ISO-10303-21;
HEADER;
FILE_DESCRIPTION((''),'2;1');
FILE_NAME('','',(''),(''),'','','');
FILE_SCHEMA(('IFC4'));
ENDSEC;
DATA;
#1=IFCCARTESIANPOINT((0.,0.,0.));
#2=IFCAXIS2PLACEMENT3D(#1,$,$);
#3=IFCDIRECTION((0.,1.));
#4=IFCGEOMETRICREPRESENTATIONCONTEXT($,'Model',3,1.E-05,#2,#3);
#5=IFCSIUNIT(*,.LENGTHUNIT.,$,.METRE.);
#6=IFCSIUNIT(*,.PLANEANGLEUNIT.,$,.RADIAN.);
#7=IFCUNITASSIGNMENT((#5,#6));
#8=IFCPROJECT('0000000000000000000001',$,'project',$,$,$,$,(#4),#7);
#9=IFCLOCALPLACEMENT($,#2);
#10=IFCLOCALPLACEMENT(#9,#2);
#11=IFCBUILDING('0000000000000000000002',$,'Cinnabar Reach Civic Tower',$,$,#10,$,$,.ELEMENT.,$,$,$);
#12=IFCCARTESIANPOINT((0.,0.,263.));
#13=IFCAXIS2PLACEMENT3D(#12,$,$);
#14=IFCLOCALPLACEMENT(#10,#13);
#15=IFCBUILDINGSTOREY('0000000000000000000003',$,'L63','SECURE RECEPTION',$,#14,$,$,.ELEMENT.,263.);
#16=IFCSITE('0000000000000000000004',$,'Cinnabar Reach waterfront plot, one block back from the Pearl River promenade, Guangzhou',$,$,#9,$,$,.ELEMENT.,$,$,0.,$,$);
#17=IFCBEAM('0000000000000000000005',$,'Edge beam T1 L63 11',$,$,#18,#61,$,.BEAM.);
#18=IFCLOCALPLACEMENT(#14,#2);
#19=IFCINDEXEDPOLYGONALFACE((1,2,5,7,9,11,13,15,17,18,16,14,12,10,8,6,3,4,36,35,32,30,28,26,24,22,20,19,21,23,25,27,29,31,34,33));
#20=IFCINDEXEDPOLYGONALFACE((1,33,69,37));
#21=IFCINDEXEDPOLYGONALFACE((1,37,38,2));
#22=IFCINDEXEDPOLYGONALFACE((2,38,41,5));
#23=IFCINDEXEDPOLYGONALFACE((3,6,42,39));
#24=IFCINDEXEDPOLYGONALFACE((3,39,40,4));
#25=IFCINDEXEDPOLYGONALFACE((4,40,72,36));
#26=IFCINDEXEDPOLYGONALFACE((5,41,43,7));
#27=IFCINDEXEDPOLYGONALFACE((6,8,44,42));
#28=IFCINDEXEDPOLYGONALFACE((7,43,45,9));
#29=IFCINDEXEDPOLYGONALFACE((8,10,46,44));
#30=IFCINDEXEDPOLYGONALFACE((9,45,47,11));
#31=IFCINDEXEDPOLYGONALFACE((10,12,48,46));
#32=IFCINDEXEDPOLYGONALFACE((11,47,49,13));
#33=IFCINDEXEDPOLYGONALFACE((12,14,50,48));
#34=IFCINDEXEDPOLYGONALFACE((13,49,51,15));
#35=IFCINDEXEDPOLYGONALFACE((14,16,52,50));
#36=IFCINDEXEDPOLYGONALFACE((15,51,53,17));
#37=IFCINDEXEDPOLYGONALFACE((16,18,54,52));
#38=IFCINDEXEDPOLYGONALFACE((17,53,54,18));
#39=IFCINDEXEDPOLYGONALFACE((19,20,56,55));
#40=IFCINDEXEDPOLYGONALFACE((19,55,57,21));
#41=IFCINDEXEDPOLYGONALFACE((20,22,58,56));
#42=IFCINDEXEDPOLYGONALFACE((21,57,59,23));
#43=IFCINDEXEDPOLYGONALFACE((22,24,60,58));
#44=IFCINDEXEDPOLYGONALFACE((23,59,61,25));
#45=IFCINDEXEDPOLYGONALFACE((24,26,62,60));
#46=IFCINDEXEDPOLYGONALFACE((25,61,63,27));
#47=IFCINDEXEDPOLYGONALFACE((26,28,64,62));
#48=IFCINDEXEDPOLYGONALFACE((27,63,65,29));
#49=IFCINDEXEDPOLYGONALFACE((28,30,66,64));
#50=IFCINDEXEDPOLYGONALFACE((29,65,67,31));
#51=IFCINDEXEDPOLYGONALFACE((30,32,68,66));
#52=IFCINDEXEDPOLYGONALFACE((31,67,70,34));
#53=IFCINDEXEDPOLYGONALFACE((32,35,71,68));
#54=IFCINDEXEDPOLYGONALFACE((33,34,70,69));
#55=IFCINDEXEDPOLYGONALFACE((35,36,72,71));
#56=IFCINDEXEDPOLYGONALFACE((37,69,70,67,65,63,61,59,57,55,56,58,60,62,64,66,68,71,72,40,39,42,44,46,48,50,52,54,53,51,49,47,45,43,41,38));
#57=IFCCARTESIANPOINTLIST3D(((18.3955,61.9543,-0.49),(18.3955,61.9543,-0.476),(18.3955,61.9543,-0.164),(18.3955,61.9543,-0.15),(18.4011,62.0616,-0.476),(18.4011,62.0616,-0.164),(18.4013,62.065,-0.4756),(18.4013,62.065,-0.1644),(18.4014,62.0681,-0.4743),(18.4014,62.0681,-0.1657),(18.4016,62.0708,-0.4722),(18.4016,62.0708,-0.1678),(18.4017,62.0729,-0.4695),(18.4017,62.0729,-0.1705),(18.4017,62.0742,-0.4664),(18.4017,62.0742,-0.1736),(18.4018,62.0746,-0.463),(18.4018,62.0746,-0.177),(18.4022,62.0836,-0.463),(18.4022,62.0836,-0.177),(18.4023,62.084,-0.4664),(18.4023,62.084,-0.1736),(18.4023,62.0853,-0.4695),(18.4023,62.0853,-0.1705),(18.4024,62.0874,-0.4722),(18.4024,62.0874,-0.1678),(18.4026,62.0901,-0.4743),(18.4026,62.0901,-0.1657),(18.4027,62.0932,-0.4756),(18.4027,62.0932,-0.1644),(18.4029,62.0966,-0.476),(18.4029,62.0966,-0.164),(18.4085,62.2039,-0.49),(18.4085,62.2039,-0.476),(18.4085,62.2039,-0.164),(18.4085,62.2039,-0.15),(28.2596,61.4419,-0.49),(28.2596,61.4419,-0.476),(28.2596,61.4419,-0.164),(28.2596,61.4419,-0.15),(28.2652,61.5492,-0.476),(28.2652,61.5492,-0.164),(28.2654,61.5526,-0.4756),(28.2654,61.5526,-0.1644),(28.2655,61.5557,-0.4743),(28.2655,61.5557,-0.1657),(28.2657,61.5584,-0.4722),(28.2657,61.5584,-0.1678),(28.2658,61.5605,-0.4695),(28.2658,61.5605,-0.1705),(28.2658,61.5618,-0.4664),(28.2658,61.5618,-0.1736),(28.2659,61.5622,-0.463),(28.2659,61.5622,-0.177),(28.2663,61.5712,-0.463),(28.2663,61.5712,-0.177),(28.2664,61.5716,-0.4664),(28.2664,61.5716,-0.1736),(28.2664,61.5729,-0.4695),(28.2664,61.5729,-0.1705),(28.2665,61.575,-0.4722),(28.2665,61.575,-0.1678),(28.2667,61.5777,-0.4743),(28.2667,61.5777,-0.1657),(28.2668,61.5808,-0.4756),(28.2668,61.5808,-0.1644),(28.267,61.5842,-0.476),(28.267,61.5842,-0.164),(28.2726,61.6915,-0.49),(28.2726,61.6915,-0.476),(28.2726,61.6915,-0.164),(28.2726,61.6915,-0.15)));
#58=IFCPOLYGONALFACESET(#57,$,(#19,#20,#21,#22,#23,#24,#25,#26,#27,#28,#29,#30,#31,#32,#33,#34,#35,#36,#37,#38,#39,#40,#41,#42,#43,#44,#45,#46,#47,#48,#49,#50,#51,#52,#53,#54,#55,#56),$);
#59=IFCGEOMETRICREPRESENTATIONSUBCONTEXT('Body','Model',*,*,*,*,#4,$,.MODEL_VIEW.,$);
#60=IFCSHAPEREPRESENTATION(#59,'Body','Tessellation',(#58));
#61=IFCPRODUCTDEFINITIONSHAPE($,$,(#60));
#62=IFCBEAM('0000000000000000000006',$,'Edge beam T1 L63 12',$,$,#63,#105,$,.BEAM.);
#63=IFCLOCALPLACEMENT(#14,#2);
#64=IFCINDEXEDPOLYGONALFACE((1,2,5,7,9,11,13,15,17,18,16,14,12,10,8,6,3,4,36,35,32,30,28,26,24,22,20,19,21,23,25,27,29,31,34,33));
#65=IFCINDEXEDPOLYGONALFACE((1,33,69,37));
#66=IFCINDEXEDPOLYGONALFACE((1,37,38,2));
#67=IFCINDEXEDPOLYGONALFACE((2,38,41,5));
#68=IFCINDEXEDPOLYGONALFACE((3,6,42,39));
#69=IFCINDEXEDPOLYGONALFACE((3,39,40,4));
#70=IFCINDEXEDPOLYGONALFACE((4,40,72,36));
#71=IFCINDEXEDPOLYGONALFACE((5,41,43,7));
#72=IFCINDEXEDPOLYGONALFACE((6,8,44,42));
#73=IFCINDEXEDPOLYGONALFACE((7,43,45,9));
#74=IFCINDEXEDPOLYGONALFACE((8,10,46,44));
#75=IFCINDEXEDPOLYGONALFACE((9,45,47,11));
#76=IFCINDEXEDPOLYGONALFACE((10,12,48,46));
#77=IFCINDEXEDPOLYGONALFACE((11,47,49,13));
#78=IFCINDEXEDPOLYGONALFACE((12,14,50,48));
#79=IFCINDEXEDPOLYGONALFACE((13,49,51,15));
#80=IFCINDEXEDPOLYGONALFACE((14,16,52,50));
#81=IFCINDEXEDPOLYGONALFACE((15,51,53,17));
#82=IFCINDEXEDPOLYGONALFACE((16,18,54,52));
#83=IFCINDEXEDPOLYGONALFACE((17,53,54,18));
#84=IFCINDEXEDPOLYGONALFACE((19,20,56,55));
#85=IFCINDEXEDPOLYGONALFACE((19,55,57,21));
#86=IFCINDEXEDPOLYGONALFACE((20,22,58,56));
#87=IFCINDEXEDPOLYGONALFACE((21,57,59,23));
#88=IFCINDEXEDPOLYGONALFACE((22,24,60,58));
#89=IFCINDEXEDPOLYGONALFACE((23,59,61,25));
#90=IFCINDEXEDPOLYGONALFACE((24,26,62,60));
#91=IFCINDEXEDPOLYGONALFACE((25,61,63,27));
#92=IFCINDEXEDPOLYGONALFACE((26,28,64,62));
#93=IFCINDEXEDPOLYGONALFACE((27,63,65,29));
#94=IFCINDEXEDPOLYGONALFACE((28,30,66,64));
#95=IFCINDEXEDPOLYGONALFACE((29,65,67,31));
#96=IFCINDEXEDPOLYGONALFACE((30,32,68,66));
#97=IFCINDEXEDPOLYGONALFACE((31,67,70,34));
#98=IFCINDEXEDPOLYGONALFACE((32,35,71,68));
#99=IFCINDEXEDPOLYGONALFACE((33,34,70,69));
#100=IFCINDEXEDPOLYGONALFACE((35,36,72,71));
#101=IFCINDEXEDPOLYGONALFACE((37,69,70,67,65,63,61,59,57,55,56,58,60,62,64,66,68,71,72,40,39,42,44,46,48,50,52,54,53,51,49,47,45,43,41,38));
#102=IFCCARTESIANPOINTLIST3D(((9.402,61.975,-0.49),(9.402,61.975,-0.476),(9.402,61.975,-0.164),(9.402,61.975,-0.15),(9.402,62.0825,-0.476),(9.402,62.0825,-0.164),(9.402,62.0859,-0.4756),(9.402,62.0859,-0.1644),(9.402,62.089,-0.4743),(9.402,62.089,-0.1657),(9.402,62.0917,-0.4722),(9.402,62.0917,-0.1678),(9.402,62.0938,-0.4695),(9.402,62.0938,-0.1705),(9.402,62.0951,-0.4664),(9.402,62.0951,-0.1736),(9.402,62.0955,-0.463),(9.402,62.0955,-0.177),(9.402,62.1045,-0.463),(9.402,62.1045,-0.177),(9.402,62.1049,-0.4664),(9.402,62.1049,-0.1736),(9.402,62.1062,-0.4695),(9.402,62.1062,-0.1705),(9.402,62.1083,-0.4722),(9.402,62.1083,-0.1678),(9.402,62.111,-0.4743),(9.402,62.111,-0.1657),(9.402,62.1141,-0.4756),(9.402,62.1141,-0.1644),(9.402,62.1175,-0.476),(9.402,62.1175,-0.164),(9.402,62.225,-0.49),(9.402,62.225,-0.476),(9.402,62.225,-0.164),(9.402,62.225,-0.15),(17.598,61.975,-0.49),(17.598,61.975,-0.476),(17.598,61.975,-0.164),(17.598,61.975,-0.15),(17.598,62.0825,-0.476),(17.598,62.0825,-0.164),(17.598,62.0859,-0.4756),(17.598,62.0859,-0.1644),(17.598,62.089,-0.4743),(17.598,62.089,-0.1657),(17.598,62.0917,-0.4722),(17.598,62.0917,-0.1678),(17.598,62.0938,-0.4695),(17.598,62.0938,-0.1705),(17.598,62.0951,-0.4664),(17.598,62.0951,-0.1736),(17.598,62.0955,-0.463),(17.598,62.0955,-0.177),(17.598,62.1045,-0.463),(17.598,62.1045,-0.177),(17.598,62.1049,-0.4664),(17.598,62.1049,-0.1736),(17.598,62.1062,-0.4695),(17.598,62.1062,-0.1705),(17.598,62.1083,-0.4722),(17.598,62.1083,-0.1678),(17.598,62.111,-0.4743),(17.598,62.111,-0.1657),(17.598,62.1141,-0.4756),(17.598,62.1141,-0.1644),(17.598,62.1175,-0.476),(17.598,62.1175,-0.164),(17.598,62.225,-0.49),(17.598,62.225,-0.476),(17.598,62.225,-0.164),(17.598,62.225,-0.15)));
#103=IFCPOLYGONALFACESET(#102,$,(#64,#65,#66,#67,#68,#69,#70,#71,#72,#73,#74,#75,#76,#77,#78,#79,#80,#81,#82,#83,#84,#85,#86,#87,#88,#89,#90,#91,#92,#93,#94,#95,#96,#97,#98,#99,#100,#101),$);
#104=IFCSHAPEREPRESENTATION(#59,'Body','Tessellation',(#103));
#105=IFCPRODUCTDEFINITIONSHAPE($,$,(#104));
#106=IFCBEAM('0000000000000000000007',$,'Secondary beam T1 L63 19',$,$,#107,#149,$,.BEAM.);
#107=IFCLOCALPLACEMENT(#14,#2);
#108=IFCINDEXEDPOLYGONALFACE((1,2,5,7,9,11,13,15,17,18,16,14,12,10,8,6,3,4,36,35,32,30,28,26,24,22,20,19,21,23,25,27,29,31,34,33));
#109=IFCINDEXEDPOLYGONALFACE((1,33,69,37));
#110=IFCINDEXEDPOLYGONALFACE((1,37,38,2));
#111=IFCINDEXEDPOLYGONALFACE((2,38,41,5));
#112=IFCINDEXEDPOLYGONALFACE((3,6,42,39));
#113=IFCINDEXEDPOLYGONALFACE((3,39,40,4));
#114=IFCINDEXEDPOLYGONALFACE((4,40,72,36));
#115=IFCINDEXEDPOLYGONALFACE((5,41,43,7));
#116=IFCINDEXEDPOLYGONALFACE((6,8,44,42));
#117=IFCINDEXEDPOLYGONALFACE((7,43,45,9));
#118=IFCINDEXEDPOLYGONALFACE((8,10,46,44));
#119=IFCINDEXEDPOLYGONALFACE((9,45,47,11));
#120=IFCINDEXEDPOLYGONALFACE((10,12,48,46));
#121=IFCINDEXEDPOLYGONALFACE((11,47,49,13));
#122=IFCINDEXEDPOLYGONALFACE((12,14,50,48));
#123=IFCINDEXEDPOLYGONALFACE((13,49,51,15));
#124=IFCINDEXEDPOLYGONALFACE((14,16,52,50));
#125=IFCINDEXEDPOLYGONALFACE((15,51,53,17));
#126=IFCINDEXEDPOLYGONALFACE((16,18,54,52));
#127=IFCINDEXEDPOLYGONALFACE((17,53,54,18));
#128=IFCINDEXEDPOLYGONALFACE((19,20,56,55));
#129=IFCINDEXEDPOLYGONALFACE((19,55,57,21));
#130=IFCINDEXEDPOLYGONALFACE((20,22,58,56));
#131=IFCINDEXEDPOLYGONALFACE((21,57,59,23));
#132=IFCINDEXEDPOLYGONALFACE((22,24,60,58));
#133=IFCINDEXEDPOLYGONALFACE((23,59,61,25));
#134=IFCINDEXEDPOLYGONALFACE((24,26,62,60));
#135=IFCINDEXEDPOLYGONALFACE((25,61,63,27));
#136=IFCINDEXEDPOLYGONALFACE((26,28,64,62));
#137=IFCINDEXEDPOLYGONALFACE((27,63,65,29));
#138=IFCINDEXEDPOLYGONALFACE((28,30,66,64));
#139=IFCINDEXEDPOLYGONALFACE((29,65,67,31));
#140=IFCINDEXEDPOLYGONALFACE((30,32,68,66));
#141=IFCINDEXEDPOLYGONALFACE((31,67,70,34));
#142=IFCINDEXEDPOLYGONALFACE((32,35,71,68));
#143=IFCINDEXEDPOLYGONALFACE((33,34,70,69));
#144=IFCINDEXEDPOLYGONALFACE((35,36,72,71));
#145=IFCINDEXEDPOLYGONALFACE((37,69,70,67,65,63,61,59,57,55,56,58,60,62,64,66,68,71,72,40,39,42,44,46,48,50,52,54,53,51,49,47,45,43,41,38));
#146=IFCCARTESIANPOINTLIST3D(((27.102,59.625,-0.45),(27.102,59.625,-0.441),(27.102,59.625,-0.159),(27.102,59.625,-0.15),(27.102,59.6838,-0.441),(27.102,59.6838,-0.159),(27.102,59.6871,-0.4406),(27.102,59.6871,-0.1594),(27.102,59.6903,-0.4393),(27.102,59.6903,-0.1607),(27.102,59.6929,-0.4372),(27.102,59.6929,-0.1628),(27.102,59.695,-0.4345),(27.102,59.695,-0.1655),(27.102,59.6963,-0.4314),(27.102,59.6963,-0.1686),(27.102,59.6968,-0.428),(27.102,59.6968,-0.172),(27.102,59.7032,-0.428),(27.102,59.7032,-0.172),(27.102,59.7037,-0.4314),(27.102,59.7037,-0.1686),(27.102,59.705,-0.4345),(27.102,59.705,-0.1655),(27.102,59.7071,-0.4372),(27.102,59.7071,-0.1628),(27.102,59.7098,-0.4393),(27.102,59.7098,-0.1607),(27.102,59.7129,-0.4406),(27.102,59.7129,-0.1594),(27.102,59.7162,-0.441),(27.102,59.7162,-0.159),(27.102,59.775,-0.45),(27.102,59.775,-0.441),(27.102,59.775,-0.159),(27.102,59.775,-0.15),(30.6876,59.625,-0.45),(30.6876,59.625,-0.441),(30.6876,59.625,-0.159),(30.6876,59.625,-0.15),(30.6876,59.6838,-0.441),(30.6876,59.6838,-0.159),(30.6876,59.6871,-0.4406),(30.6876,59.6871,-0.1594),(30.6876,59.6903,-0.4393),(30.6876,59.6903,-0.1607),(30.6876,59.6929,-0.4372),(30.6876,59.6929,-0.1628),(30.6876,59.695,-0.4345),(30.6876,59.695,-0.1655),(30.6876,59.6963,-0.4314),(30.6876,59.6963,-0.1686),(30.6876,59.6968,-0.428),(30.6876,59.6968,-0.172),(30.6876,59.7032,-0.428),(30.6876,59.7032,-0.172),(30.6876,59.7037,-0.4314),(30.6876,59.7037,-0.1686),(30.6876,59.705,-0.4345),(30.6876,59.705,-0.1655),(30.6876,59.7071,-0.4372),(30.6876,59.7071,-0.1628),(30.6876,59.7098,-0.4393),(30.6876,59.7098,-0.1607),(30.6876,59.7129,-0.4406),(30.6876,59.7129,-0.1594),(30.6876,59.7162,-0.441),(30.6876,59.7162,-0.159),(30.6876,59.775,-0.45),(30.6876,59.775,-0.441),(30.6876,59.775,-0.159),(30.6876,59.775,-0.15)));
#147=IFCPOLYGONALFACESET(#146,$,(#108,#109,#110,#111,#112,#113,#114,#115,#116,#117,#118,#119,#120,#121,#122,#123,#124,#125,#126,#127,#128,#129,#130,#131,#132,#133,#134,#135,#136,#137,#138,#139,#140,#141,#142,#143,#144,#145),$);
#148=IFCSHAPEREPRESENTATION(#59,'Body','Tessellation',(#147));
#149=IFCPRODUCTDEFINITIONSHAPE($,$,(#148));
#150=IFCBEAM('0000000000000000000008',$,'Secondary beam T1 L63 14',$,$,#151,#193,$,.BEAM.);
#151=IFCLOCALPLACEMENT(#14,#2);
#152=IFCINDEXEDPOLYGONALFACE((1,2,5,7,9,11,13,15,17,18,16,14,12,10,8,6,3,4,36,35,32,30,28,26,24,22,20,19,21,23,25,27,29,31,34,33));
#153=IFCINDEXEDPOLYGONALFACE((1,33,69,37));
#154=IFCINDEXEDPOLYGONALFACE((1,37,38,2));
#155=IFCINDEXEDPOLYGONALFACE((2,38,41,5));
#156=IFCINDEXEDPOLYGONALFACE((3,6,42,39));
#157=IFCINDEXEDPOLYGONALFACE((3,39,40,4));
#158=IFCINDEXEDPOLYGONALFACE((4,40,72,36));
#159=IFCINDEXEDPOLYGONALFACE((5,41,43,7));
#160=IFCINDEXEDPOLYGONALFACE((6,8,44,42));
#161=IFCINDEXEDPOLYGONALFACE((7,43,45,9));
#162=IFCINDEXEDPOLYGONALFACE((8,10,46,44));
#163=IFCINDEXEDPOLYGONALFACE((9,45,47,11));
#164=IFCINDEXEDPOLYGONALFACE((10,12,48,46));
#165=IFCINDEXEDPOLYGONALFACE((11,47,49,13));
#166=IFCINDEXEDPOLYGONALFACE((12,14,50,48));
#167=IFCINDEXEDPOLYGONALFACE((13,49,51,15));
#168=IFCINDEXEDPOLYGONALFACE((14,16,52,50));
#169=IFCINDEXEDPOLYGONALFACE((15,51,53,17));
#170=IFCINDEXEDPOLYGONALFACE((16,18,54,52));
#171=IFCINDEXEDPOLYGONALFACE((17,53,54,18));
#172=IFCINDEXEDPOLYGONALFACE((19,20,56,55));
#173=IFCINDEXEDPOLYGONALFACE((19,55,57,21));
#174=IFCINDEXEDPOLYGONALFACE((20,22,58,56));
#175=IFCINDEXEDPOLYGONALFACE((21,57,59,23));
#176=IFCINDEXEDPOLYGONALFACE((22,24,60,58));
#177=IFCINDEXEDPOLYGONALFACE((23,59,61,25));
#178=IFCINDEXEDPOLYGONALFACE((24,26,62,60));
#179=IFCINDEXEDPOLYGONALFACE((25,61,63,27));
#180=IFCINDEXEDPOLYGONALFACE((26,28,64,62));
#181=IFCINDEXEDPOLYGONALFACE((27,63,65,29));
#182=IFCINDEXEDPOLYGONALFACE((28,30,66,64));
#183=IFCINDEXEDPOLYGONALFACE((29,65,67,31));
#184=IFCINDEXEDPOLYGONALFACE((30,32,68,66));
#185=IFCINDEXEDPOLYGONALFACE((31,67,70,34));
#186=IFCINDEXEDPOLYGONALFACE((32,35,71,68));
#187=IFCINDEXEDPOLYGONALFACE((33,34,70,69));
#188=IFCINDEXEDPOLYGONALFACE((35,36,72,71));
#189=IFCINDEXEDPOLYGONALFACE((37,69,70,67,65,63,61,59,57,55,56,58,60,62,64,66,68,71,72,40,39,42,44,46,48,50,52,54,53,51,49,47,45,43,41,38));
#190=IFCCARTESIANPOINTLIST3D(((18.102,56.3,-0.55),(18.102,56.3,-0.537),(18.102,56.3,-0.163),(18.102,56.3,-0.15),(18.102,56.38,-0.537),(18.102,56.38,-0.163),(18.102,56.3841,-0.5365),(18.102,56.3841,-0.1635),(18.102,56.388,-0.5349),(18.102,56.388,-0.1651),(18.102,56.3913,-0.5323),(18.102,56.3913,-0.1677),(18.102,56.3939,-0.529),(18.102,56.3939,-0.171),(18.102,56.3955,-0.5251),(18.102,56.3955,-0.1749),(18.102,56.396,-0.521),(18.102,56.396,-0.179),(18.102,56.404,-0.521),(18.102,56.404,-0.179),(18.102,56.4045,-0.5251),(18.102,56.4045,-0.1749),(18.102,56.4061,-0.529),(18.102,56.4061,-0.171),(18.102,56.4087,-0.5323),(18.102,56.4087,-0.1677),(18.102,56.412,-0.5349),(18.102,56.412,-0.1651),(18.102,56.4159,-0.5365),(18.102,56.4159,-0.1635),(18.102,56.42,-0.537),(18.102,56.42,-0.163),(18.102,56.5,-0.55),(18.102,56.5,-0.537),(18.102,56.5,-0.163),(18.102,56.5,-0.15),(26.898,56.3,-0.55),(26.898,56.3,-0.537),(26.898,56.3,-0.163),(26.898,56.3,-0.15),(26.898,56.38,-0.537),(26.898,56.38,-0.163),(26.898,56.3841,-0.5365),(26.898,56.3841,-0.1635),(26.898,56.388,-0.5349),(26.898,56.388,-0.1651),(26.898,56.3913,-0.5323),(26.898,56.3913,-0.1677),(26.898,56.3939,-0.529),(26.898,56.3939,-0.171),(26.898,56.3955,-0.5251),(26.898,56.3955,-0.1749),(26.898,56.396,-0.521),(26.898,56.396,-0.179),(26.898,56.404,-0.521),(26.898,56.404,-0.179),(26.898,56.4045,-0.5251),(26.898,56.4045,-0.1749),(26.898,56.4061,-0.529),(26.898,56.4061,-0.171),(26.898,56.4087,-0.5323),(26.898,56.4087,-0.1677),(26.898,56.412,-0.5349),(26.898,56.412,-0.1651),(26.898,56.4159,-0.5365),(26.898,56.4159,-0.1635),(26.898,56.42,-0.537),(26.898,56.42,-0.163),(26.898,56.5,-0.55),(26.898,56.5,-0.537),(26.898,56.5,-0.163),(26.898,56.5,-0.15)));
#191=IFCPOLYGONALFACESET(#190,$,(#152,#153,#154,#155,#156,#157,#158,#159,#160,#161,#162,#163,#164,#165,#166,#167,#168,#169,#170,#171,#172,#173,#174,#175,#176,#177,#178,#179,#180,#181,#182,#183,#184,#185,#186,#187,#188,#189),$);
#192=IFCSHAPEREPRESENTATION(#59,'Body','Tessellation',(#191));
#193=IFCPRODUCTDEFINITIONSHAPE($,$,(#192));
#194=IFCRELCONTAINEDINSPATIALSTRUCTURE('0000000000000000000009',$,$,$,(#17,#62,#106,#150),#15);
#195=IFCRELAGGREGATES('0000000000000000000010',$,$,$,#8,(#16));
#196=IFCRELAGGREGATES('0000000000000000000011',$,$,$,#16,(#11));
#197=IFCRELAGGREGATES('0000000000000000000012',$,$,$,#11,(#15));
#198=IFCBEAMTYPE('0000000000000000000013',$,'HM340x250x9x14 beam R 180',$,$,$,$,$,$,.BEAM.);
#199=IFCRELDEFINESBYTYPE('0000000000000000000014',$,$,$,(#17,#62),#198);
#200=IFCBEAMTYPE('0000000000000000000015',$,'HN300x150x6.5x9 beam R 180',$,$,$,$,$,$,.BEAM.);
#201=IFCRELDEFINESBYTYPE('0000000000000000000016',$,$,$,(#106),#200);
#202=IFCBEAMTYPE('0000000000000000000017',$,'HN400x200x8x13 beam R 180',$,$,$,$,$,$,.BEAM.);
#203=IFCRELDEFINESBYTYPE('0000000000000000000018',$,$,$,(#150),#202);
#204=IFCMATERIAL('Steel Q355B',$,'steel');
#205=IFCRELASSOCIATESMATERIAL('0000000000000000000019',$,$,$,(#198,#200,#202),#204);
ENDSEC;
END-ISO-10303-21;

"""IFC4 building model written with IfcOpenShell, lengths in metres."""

from ifc_helpers import new_model, si_unit, direction, frame, origin, origin_2d, place, context, subcontext, project, spatial, i_section, extrude, material, material_profile, profile_set, type_object, element, save


model = new_model("IFC4")

# Units and contexts
model_context = context("Model", 3, precision=1e-05, world=origin(), true_north=direction((0.0, 1.0)))
body_context = subcontext(model_context, "Body", "Model", "MODEL_VIEW")
ifc_project = project(units=[si_unit("LENGTHUNIT", "METRE"), si_unit("PLANEANGLEUNIT", "RADIAN")], contexts=[model_context])

# Site, building, storey
site_placement = place(None, origin())
site = spatial("IfcSite", under=ifc_project, at=site_placement, Name="Cinnabar Reach waterfront plot, one block back from the Pearl River promenade, Guangzhou", CompositionType="ELEMENT", RefElevation=0.0)
building_placement = place(site_placement, origin())
building = spatial("IfcBuilding", under=site, at=building_placement, Name="Cinnabar Reach Civic Tower", CompositionType="ELEMENT")
storey_placement = place(building_placement, frame((0.0, 0.0, 263.0)))
storey = spatial("IfcBuildingStorey", under=building, at=storey_placement, Name="L63", Description="SECURE RECEPTION", CompositionType="ELEMENT", Elevation=263.0)

# Beams
ifc_material_1 = material(Name="Steel Q355B", Category="steel")
ifc_material_profile_1 = material_profile(ifc_material_1, i_section(OverallWidth=0.25, OverallDepth=0.34, WebThickness=0.009, FlangeThickness=0.014, FilletRadius=0.013, at=origin_2d()), Name="HM340x250x9x14")
ifc_profile_set_1 = profile_set([ifc_material_profile_1], Name="Steel Q355B")
beam_type_1 = type_object("IfcBeamType", Name="HM340x250x9x14 beam R 180", PredefinedType="BEAM", material=ifc_profile_set_1)
beam_1_placement = place(storey_placement, frame((28.2661, 61.5667, -0.32), z_axis=(-0.998654, 0.051876, 0.0), x_axis=(-0.051876, -0.998654, 0.0)))
element("IfcBeam", 1, at=beam_1_placement, inside=storey, type_object=beam_type_1, Name="Edge beam T1 L63 11", PredefinedType="BEAM", context=body_context, shape_type="SweptSolid", body=[
    extrude(i_section(OverallWidth=0.25, OverallDepth=0.34, WebThickness=0.009, FlangeThickness=0.014, FilletRadius=0.013, at=origin_2d()), origin(), (0.0, 0.0, 1.0), 9.8774),
])
beam_2_placement = place(storey_placement, frame((17.598, 62.1, -0.32), z_axis=(-1.0, 0.0, 0.0), x_axis=(0.0, -1.0, 0.0)))
element("IfcBeam", 2, at=beam_2_placement, inside=storey, type_object=beam_type_1, Name="Edge beam T1 L63 12", PredefinedType="BEAM", context=body_context, shape_type="SweptSolid", body=[
    extrude(i_section(OverallWidth=0.25, OverallDepth=0.34, WebThickness=0.009, FlangeThickness=0.014, FilletRadius=0.013, at=origin_2d()), origin(), (0.0, 0.0, 1.0), 8.196),
])
ifc_material_profile_2 = material_profile(ifc_material_1, i_section(OverallWidth=0.15, OverallDepth=0.3, WebThickness=0.0065, FlangeThickness=0.009, FilletRadius=0.013, at=origin_2d()), Name="HN300x150x6.5x9")
ifc_profile_set_2 = profile_set([ifc_material_profile_2], Name="Steel Q355B")
beam_type_2 = type_object("IfcBeamType", Name="HN300x150x6.5x9 beam R 180", PredefinedType="BEAM", material=ifc_profile_set_2)
beam_3_placement = place(storey_placement, frame((27.102, 59.7, -0.3), z_axis=(1.0, 0.0, 0.0), x_axis=(0.0, 1.0, 0.0)))
element("IfcBeam", 3, at=beam_3_placement, inside=storey, type_object=beam_type_2, Name="Secondary beam T1 L63 19", PredefinedType="BEAM", context=body_context, shape_type="SweptSolid", body=[
    extrude(i_section(OverallWidth=0.15, OverallDepth=0.3, WebThickness=0.0065, FlangeThickness=0.009, FilletRadius=0.013, at=origin_2d()), origin(), (0.0, 0.0, 1.0), 3.5856),
])
ifc_material_profile_3 = material_profile(ifc_material_1, i_section(OverallWidth=0.2, OverallDepth=0.4, WebThickness=0.008, FlangeThickness=0.013, FilletRadius=0.016, at=origin_2d()), Name="HN400x200x8x13")
ifc_profile_set_3 = profile_set([ifc_material_profile_3], Name="Steel Q355B")
beam_type_3 = type_object("IfcBeamType", Name="HN400x200x8x13 beam R 180", PredefinedType="BEAM", material=ifc_profile_set_3)
beam_4_placement = place(storey_placement, frame((18.102, 56.4, -0.35), z_axis=(1.0, 0.0, 0.0), x_axis=(0.0, 1.0, 0.0)))
element("IfcBeam", 4, at=beam_4_placement, inside=storey, type_object=beam_type_3, Name="Secondary beam T1 L63 14", PredefinedType="BEAM", context=body_context, shape_type="SweptSolid", body=[
    extrude(i_section(OverallWidth=0.2, OverallDepth=0.4, WebThickness=0.008, FlangeThickness=0.013, FilletRadius=0.016, at=origin_2d()), origin(), (0.0, 0.0, 1.0), 8.796),
])

save(model, "model.ifc")
